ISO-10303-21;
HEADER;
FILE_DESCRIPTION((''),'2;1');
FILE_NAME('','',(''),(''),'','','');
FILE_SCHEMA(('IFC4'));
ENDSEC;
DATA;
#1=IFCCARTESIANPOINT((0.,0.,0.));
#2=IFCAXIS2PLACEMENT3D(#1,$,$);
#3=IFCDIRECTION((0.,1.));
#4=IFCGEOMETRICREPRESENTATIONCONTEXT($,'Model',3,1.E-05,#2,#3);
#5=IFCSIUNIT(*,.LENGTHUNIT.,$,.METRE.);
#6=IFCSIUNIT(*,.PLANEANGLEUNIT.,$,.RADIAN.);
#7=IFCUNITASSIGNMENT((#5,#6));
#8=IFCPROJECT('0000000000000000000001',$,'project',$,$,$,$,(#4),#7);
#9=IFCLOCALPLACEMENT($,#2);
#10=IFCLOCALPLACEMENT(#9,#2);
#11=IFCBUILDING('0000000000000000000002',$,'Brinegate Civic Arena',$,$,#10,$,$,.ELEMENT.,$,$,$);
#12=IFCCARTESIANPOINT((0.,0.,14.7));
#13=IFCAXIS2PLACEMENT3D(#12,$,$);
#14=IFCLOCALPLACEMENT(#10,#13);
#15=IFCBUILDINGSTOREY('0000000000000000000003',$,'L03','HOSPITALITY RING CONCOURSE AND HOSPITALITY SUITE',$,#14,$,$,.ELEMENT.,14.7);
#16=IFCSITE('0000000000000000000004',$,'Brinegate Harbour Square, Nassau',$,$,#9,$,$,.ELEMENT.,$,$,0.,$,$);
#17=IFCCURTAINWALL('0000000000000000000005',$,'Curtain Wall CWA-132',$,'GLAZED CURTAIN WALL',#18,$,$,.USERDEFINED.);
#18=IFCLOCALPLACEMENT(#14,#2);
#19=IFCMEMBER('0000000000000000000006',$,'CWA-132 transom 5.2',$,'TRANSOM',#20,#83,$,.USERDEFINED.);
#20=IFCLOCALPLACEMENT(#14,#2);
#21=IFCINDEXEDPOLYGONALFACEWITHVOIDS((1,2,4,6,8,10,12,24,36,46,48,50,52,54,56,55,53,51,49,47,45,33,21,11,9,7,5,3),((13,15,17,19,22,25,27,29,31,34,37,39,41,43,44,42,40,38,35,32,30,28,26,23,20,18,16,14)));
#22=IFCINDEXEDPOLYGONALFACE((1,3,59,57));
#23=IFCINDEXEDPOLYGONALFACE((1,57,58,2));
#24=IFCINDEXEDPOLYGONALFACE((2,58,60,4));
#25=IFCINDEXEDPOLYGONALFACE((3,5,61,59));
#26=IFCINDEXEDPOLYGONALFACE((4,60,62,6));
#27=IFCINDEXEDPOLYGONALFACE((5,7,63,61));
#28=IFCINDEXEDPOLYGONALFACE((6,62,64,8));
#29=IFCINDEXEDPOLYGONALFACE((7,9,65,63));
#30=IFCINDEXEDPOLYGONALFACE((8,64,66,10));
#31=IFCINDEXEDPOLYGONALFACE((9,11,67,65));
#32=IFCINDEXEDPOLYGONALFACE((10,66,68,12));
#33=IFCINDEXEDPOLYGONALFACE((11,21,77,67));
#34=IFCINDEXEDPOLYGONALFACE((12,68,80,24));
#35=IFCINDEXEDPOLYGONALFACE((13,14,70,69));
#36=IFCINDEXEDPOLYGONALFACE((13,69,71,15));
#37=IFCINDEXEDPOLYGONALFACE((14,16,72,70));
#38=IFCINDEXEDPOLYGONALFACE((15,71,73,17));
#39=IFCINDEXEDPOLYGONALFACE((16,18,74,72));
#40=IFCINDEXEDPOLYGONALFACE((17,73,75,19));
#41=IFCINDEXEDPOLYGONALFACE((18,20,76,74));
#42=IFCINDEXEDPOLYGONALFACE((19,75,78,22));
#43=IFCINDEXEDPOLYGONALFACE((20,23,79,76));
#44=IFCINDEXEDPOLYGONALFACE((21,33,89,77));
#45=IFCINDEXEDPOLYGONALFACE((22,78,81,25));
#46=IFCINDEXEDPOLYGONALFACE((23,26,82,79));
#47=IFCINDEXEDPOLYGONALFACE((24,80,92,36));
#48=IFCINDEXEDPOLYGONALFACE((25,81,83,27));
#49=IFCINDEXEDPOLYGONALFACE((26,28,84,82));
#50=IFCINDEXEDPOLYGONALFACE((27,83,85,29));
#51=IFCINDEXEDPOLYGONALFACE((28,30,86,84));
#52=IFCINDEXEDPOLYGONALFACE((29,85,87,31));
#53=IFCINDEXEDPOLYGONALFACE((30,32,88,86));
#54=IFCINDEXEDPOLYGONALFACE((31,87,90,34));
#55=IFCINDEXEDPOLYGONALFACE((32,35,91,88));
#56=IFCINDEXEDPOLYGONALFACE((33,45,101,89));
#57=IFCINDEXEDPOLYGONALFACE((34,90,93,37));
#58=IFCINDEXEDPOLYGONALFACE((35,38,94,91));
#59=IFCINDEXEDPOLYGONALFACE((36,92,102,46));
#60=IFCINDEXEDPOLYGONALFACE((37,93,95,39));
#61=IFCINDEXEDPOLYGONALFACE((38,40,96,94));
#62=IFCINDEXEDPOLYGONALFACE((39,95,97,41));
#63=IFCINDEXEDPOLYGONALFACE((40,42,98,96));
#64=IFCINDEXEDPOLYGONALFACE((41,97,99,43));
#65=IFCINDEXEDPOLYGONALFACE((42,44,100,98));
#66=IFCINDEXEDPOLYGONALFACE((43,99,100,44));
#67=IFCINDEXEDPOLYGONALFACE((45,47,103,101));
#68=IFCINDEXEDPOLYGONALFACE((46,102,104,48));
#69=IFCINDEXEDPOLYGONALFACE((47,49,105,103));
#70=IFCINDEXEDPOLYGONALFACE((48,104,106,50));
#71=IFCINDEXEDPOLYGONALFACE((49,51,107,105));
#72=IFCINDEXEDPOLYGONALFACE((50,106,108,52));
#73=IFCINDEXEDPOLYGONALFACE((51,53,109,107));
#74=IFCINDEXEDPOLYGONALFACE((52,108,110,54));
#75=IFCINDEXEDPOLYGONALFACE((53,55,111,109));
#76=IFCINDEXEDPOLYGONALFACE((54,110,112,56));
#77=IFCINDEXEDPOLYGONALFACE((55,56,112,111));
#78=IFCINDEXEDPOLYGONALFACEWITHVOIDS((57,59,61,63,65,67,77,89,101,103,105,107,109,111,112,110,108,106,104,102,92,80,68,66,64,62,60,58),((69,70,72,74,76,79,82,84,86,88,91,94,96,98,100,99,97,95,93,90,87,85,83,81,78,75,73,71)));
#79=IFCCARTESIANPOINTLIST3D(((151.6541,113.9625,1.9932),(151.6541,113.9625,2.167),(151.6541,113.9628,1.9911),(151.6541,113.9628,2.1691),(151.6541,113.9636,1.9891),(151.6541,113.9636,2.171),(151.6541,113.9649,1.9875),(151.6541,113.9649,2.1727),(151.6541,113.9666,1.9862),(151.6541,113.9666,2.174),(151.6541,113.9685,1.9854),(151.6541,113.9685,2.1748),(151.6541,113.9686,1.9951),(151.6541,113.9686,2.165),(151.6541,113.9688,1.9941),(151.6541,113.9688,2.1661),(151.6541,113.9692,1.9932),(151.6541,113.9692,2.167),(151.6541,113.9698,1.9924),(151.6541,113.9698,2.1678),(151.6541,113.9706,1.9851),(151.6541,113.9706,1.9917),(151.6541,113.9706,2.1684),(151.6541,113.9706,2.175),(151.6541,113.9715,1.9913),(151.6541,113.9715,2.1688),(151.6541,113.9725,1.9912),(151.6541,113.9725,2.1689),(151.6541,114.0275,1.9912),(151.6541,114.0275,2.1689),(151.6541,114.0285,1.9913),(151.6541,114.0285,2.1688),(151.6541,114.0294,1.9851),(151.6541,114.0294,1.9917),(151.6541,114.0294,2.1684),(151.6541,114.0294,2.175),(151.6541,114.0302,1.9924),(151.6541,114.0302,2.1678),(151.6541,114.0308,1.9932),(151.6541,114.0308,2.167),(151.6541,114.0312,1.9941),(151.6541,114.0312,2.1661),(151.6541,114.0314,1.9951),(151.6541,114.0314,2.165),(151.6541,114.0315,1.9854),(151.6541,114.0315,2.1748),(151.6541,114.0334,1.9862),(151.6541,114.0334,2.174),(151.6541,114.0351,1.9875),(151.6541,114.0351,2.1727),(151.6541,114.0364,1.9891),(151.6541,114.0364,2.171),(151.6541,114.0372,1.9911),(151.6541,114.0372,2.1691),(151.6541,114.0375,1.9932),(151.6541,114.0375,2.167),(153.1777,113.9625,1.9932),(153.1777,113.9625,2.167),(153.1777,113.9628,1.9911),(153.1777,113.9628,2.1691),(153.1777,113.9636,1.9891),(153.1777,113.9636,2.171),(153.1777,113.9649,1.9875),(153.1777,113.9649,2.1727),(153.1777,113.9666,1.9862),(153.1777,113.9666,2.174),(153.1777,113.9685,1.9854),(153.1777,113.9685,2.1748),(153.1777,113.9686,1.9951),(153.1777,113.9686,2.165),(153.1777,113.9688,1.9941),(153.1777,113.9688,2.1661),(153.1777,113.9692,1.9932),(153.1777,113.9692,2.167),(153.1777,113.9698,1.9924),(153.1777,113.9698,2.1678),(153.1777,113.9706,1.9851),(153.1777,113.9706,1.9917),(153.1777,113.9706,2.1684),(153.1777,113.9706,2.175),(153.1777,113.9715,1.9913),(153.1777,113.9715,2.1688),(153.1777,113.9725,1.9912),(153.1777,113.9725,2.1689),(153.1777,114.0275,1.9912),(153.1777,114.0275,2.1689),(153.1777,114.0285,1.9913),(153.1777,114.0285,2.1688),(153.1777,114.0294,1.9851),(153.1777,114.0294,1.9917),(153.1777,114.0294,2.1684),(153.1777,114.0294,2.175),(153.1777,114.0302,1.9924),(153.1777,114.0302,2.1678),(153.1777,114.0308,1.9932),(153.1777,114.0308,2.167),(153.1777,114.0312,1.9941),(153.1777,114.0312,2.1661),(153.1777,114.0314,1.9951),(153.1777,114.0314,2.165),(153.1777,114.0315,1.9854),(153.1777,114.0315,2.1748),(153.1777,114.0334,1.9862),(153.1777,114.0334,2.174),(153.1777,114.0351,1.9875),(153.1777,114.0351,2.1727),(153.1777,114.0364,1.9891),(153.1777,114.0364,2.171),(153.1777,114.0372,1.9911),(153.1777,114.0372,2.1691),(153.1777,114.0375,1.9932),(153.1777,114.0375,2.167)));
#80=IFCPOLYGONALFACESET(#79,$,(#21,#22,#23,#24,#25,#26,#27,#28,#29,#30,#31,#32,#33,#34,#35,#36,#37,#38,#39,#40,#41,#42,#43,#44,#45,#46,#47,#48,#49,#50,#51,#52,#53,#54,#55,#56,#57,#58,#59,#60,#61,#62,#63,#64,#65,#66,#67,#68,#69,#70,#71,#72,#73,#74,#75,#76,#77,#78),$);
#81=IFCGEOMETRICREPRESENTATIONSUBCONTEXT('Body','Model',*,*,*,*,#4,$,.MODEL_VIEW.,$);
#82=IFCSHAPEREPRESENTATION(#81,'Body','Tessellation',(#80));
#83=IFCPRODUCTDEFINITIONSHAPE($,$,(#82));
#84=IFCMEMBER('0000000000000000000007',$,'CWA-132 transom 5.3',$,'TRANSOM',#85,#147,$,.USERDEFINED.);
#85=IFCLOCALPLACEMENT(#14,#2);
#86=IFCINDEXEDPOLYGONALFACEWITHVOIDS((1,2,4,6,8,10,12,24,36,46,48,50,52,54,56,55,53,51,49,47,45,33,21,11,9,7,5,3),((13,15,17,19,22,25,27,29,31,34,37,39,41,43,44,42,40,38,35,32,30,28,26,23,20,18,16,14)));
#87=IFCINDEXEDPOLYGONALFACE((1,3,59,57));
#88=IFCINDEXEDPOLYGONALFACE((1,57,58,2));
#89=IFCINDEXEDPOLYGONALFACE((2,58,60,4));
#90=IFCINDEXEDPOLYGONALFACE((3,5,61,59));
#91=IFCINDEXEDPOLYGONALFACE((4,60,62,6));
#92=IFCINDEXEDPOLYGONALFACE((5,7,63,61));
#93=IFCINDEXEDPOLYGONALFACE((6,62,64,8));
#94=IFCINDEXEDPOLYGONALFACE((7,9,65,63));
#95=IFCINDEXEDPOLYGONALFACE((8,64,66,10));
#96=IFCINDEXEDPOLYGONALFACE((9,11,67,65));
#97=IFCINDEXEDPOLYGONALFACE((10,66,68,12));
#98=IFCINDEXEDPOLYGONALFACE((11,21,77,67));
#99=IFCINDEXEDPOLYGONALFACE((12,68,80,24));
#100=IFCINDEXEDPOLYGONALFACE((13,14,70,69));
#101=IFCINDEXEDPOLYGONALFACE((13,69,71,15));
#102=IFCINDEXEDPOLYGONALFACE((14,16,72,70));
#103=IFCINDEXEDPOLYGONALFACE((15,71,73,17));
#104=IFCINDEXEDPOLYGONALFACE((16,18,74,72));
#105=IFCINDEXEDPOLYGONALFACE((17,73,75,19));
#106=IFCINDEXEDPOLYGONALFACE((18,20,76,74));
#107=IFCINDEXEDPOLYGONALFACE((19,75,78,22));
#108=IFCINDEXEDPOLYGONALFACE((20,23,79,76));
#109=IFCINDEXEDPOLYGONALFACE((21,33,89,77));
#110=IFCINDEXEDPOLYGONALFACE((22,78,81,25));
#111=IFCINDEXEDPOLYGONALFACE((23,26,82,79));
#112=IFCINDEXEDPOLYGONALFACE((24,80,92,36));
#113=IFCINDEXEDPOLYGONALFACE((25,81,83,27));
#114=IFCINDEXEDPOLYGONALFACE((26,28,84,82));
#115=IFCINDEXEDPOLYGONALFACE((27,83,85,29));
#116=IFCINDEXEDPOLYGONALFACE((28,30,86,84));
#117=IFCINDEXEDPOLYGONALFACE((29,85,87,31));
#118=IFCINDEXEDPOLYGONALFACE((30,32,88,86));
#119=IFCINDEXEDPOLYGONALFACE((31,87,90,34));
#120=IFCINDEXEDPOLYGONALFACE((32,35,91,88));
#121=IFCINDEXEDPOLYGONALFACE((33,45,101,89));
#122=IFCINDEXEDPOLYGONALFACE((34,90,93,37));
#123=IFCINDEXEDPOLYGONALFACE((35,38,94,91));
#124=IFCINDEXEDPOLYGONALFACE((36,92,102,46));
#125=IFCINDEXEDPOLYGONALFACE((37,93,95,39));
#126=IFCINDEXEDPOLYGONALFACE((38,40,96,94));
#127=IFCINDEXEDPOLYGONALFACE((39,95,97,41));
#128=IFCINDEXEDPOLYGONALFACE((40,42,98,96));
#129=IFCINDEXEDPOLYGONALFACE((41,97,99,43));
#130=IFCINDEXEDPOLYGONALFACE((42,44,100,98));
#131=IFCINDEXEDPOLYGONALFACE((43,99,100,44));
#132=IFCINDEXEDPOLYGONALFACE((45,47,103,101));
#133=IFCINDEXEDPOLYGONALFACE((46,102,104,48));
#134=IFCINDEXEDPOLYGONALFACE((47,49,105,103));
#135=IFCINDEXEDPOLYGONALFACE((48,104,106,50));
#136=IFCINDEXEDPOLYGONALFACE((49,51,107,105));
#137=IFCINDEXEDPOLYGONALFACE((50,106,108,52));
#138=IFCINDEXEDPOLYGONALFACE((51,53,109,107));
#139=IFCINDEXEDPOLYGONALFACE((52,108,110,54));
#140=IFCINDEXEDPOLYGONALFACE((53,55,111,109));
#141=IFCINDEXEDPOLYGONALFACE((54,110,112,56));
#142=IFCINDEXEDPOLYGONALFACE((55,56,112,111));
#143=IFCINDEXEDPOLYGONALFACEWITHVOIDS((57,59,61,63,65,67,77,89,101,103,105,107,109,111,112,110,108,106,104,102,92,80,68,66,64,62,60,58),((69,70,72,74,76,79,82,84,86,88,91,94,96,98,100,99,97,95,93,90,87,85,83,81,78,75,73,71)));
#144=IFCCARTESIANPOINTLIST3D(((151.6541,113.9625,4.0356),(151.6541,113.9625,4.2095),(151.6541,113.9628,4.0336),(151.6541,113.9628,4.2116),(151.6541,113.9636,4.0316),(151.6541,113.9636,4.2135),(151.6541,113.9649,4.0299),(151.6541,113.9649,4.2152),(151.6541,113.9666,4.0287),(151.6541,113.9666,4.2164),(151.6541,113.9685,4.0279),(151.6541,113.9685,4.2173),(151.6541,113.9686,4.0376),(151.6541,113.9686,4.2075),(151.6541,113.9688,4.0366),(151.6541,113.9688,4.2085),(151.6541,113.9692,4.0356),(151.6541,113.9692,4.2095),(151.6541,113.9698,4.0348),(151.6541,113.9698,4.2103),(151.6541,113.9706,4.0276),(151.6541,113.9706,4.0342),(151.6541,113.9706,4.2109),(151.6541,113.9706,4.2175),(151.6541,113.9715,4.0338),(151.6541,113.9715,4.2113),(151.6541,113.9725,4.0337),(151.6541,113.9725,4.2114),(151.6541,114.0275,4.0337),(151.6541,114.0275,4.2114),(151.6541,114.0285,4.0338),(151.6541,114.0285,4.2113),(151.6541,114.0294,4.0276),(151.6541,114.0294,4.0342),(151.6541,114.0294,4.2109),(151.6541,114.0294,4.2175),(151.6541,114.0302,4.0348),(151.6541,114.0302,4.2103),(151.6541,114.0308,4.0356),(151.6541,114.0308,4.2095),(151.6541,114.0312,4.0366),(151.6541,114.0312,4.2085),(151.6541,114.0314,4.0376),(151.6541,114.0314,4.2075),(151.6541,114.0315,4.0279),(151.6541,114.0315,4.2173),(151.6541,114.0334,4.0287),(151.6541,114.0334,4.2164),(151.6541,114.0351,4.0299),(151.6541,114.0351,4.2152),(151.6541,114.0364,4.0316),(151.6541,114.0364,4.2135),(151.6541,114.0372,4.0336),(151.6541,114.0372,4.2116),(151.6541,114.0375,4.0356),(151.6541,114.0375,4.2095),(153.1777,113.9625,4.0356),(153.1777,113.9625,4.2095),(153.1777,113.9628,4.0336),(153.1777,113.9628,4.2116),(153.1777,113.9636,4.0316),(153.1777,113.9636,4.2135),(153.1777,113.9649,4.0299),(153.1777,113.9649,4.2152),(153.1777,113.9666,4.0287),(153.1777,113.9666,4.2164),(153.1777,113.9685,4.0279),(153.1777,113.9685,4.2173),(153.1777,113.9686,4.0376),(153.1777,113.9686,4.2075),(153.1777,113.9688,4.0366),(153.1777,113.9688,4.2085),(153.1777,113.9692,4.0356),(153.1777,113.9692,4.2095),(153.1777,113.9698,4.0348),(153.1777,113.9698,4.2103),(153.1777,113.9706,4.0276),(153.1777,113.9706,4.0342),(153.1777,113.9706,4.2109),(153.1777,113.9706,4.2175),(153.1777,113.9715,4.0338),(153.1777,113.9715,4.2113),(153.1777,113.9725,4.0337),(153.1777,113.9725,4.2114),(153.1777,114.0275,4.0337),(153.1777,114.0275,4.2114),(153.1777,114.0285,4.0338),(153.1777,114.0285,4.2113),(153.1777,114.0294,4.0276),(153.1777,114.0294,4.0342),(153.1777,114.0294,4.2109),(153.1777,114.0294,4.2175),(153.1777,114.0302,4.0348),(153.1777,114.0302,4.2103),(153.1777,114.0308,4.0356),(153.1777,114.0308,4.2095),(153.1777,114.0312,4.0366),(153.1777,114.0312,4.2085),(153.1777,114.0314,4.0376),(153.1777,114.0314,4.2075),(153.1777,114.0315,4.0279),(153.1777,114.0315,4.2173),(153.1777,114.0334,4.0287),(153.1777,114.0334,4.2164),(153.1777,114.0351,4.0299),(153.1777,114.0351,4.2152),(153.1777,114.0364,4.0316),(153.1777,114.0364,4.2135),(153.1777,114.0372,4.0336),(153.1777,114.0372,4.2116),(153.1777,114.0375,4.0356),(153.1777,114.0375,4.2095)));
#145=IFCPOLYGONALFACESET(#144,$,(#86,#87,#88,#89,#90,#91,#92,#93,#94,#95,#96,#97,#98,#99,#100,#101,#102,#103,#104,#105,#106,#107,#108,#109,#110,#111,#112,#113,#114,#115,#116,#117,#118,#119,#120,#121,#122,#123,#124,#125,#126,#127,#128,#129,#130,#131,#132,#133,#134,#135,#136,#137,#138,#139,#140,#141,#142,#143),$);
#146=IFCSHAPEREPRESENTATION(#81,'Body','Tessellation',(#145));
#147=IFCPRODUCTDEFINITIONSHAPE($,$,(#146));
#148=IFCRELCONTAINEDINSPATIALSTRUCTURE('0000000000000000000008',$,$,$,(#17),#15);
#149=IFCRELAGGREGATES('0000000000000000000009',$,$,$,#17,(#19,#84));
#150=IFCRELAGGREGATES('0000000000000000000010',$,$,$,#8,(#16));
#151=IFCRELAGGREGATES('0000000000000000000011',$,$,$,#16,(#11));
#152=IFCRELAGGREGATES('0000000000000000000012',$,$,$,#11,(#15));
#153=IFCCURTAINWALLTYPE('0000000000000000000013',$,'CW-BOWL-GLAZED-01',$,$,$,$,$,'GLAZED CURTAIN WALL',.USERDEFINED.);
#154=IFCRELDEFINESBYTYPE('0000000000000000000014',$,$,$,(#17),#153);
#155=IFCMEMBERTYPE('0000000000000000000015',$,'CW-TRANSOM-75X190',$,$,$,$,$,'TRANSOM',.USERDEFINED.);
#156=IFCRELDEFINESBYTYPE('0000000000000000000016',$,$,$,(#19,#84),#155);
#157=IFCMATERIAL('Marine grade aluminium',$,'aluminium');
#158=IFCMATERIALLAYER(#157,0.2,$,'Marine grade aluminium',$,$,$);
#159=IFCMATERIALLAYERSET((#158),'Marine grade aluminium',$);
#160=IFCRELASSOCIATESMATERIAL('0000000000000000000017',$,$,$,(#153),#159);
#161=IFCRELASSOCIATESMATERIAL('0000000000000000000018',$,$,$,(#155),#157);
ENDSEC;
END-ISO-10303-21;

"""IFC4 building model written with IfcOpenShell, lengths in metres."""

from ifc_helpers import new_model, si_unit, direction, frame, origin, origin_2d, place, context, subcontext, project, spatial, hollow_rectangle, extrude, material, layer, layer_set, material_profile, profile_set, type_object, element, aggregate, save


model = new_model("IFC4")

# Units and contexts
model_context = context("Model", 3, precision=1e-05, world=origin(), true_north=direction((0.0, 1.0)))
body_context = subcontext(model_context, "Body", "Model", "MODEL_VIEW")
ifc_project = project(units=[si_unit("LENGTHUNIT", "METRE"), si_unit("PLANEANGLEUNIT", "RADIAN")], contexts=[model_context])

# Site, building, storey
site_placement = place(None, origin())
site = spatial("IfcSite", under=ifc_project, at=site_placement, Name="Brinegate Harbour Square, Nassau", CompositionType="ELEMENT", RefElevation=0.0)
building_placement = place(site_placement, origin())
building = spatial("IfcBuilding", under=site, at=building_placement, Name="Brinegate Civic Arena", CompositionType="ELEMENT")
storey_placement = place(building_placement, frame((0.0, 0.0, 14.7)))
storey = spatial("IfcBuildingStorey", under=building, at=storey_placement, Name="L03", Description="HOSPITALITY RING CONCOURSE AND HOSPITALITY SUITE", CompositionType="ELEMENT", Elevation=14.7)

# Curtain wall, members
ifc_material_1 = material(Name="Marine grade aluminium", Category="aluminium")
ifc_layer_1 = layer(ifc_material_1, 0.2, Name="Marine grade aluminium")
ifc_layer_set_1 = layer_set([ifc_layer_1], Name="Marine grade aluminium")
curtain_wall_type = type_object("IfcCurtainWallType", Name="CW-BOWL-GLAZED-01", ElementType="GLAZED CURTAIN WALL", PredefinedType="USERDEFINED", material=ifc_layer_set_1)
curtain_wall_placement = place(storey_placement, origin())
curtain_wall = element("IfcCurtainWall", 1, at=curtain_wall_placement, inside=storey, type_object=curtain_wall_type, Name="Curtain Wall CWA-132", ObjectType="GLAZED CURTAIN WALL", PredefinedType="USERDEFINED")
ifc_material_profile_1 = material_profile(ifc_material_1, hollow_rectangle(XDim=0.075, YDim=0.1899, WallThickness=0.0061, InnerFilletRadius=0.0039, OuterFilletRadius=0.0081, at=origin_2d()), Name="TRN75X190")
ifc_profile_set_1 = profile_set([ifc_material_profile_1], Name="Marine grade aluminium")
member_type_1 = type_object("IfcMemberType", Name="CW-TRANSOM-75X190", ElementType="TRANSOM", PredefinedType="USERDEFINED", material=ifc_profile_set_1)
member_1_placement = place(storey_placement, frame((151.6541, 114.0, 2.0801), z_axis=(1.0, 0.0, 0.0), x_axis=(0.0, 1.0, 0.0)))
member_1 = element("IfcMember", 2, at=member_1_placement, type_object=member_type_1, Name="CWA-132 transom 5.2", ObjectType="TRANSOM", PredefinedType="USERDEFINED", context=body_context, shape_type="SweptSolid", body=[
    extrude(hollow_rectangle(XDim=0.075, YDim=0.1899, WallThickness=0.0061, InnerFilletRadius=0.0039, OuterFilletRadius=0.0081, at=origin_2d()), origin(), (0.0, 0.0, 1.0), 1.5237),
])
member_2_placement = place(storey_placement, frame((151.6541, 114.0, 4.1226), z_axis=(1.0, 0.0, 0.0), x_axis=(0.0, 1.0, 0.0)))
member_2 = element("IfcMember", 3, at=member_2_placement, type_object=member_type_1, Name="CWA-132 transom 5.3", ObjectType="TRANSOM", PredefinedType="USERDEFINED", context=body_context, shape_type="SweptSolid", body=[
    extrude(hollow_rectangle(XDim=0.075, YDim=0.1899, WallThickness=0.0061, InnerFilletRadius=0.0039, OuterFilletRadius=0.0081, at=origin_2d()), origin(), (0.0, 0.0, 1.0), 1.5237),
])

aggregate(curtain_wall, [member_1, member_2])

save(model, "model.ifc")
